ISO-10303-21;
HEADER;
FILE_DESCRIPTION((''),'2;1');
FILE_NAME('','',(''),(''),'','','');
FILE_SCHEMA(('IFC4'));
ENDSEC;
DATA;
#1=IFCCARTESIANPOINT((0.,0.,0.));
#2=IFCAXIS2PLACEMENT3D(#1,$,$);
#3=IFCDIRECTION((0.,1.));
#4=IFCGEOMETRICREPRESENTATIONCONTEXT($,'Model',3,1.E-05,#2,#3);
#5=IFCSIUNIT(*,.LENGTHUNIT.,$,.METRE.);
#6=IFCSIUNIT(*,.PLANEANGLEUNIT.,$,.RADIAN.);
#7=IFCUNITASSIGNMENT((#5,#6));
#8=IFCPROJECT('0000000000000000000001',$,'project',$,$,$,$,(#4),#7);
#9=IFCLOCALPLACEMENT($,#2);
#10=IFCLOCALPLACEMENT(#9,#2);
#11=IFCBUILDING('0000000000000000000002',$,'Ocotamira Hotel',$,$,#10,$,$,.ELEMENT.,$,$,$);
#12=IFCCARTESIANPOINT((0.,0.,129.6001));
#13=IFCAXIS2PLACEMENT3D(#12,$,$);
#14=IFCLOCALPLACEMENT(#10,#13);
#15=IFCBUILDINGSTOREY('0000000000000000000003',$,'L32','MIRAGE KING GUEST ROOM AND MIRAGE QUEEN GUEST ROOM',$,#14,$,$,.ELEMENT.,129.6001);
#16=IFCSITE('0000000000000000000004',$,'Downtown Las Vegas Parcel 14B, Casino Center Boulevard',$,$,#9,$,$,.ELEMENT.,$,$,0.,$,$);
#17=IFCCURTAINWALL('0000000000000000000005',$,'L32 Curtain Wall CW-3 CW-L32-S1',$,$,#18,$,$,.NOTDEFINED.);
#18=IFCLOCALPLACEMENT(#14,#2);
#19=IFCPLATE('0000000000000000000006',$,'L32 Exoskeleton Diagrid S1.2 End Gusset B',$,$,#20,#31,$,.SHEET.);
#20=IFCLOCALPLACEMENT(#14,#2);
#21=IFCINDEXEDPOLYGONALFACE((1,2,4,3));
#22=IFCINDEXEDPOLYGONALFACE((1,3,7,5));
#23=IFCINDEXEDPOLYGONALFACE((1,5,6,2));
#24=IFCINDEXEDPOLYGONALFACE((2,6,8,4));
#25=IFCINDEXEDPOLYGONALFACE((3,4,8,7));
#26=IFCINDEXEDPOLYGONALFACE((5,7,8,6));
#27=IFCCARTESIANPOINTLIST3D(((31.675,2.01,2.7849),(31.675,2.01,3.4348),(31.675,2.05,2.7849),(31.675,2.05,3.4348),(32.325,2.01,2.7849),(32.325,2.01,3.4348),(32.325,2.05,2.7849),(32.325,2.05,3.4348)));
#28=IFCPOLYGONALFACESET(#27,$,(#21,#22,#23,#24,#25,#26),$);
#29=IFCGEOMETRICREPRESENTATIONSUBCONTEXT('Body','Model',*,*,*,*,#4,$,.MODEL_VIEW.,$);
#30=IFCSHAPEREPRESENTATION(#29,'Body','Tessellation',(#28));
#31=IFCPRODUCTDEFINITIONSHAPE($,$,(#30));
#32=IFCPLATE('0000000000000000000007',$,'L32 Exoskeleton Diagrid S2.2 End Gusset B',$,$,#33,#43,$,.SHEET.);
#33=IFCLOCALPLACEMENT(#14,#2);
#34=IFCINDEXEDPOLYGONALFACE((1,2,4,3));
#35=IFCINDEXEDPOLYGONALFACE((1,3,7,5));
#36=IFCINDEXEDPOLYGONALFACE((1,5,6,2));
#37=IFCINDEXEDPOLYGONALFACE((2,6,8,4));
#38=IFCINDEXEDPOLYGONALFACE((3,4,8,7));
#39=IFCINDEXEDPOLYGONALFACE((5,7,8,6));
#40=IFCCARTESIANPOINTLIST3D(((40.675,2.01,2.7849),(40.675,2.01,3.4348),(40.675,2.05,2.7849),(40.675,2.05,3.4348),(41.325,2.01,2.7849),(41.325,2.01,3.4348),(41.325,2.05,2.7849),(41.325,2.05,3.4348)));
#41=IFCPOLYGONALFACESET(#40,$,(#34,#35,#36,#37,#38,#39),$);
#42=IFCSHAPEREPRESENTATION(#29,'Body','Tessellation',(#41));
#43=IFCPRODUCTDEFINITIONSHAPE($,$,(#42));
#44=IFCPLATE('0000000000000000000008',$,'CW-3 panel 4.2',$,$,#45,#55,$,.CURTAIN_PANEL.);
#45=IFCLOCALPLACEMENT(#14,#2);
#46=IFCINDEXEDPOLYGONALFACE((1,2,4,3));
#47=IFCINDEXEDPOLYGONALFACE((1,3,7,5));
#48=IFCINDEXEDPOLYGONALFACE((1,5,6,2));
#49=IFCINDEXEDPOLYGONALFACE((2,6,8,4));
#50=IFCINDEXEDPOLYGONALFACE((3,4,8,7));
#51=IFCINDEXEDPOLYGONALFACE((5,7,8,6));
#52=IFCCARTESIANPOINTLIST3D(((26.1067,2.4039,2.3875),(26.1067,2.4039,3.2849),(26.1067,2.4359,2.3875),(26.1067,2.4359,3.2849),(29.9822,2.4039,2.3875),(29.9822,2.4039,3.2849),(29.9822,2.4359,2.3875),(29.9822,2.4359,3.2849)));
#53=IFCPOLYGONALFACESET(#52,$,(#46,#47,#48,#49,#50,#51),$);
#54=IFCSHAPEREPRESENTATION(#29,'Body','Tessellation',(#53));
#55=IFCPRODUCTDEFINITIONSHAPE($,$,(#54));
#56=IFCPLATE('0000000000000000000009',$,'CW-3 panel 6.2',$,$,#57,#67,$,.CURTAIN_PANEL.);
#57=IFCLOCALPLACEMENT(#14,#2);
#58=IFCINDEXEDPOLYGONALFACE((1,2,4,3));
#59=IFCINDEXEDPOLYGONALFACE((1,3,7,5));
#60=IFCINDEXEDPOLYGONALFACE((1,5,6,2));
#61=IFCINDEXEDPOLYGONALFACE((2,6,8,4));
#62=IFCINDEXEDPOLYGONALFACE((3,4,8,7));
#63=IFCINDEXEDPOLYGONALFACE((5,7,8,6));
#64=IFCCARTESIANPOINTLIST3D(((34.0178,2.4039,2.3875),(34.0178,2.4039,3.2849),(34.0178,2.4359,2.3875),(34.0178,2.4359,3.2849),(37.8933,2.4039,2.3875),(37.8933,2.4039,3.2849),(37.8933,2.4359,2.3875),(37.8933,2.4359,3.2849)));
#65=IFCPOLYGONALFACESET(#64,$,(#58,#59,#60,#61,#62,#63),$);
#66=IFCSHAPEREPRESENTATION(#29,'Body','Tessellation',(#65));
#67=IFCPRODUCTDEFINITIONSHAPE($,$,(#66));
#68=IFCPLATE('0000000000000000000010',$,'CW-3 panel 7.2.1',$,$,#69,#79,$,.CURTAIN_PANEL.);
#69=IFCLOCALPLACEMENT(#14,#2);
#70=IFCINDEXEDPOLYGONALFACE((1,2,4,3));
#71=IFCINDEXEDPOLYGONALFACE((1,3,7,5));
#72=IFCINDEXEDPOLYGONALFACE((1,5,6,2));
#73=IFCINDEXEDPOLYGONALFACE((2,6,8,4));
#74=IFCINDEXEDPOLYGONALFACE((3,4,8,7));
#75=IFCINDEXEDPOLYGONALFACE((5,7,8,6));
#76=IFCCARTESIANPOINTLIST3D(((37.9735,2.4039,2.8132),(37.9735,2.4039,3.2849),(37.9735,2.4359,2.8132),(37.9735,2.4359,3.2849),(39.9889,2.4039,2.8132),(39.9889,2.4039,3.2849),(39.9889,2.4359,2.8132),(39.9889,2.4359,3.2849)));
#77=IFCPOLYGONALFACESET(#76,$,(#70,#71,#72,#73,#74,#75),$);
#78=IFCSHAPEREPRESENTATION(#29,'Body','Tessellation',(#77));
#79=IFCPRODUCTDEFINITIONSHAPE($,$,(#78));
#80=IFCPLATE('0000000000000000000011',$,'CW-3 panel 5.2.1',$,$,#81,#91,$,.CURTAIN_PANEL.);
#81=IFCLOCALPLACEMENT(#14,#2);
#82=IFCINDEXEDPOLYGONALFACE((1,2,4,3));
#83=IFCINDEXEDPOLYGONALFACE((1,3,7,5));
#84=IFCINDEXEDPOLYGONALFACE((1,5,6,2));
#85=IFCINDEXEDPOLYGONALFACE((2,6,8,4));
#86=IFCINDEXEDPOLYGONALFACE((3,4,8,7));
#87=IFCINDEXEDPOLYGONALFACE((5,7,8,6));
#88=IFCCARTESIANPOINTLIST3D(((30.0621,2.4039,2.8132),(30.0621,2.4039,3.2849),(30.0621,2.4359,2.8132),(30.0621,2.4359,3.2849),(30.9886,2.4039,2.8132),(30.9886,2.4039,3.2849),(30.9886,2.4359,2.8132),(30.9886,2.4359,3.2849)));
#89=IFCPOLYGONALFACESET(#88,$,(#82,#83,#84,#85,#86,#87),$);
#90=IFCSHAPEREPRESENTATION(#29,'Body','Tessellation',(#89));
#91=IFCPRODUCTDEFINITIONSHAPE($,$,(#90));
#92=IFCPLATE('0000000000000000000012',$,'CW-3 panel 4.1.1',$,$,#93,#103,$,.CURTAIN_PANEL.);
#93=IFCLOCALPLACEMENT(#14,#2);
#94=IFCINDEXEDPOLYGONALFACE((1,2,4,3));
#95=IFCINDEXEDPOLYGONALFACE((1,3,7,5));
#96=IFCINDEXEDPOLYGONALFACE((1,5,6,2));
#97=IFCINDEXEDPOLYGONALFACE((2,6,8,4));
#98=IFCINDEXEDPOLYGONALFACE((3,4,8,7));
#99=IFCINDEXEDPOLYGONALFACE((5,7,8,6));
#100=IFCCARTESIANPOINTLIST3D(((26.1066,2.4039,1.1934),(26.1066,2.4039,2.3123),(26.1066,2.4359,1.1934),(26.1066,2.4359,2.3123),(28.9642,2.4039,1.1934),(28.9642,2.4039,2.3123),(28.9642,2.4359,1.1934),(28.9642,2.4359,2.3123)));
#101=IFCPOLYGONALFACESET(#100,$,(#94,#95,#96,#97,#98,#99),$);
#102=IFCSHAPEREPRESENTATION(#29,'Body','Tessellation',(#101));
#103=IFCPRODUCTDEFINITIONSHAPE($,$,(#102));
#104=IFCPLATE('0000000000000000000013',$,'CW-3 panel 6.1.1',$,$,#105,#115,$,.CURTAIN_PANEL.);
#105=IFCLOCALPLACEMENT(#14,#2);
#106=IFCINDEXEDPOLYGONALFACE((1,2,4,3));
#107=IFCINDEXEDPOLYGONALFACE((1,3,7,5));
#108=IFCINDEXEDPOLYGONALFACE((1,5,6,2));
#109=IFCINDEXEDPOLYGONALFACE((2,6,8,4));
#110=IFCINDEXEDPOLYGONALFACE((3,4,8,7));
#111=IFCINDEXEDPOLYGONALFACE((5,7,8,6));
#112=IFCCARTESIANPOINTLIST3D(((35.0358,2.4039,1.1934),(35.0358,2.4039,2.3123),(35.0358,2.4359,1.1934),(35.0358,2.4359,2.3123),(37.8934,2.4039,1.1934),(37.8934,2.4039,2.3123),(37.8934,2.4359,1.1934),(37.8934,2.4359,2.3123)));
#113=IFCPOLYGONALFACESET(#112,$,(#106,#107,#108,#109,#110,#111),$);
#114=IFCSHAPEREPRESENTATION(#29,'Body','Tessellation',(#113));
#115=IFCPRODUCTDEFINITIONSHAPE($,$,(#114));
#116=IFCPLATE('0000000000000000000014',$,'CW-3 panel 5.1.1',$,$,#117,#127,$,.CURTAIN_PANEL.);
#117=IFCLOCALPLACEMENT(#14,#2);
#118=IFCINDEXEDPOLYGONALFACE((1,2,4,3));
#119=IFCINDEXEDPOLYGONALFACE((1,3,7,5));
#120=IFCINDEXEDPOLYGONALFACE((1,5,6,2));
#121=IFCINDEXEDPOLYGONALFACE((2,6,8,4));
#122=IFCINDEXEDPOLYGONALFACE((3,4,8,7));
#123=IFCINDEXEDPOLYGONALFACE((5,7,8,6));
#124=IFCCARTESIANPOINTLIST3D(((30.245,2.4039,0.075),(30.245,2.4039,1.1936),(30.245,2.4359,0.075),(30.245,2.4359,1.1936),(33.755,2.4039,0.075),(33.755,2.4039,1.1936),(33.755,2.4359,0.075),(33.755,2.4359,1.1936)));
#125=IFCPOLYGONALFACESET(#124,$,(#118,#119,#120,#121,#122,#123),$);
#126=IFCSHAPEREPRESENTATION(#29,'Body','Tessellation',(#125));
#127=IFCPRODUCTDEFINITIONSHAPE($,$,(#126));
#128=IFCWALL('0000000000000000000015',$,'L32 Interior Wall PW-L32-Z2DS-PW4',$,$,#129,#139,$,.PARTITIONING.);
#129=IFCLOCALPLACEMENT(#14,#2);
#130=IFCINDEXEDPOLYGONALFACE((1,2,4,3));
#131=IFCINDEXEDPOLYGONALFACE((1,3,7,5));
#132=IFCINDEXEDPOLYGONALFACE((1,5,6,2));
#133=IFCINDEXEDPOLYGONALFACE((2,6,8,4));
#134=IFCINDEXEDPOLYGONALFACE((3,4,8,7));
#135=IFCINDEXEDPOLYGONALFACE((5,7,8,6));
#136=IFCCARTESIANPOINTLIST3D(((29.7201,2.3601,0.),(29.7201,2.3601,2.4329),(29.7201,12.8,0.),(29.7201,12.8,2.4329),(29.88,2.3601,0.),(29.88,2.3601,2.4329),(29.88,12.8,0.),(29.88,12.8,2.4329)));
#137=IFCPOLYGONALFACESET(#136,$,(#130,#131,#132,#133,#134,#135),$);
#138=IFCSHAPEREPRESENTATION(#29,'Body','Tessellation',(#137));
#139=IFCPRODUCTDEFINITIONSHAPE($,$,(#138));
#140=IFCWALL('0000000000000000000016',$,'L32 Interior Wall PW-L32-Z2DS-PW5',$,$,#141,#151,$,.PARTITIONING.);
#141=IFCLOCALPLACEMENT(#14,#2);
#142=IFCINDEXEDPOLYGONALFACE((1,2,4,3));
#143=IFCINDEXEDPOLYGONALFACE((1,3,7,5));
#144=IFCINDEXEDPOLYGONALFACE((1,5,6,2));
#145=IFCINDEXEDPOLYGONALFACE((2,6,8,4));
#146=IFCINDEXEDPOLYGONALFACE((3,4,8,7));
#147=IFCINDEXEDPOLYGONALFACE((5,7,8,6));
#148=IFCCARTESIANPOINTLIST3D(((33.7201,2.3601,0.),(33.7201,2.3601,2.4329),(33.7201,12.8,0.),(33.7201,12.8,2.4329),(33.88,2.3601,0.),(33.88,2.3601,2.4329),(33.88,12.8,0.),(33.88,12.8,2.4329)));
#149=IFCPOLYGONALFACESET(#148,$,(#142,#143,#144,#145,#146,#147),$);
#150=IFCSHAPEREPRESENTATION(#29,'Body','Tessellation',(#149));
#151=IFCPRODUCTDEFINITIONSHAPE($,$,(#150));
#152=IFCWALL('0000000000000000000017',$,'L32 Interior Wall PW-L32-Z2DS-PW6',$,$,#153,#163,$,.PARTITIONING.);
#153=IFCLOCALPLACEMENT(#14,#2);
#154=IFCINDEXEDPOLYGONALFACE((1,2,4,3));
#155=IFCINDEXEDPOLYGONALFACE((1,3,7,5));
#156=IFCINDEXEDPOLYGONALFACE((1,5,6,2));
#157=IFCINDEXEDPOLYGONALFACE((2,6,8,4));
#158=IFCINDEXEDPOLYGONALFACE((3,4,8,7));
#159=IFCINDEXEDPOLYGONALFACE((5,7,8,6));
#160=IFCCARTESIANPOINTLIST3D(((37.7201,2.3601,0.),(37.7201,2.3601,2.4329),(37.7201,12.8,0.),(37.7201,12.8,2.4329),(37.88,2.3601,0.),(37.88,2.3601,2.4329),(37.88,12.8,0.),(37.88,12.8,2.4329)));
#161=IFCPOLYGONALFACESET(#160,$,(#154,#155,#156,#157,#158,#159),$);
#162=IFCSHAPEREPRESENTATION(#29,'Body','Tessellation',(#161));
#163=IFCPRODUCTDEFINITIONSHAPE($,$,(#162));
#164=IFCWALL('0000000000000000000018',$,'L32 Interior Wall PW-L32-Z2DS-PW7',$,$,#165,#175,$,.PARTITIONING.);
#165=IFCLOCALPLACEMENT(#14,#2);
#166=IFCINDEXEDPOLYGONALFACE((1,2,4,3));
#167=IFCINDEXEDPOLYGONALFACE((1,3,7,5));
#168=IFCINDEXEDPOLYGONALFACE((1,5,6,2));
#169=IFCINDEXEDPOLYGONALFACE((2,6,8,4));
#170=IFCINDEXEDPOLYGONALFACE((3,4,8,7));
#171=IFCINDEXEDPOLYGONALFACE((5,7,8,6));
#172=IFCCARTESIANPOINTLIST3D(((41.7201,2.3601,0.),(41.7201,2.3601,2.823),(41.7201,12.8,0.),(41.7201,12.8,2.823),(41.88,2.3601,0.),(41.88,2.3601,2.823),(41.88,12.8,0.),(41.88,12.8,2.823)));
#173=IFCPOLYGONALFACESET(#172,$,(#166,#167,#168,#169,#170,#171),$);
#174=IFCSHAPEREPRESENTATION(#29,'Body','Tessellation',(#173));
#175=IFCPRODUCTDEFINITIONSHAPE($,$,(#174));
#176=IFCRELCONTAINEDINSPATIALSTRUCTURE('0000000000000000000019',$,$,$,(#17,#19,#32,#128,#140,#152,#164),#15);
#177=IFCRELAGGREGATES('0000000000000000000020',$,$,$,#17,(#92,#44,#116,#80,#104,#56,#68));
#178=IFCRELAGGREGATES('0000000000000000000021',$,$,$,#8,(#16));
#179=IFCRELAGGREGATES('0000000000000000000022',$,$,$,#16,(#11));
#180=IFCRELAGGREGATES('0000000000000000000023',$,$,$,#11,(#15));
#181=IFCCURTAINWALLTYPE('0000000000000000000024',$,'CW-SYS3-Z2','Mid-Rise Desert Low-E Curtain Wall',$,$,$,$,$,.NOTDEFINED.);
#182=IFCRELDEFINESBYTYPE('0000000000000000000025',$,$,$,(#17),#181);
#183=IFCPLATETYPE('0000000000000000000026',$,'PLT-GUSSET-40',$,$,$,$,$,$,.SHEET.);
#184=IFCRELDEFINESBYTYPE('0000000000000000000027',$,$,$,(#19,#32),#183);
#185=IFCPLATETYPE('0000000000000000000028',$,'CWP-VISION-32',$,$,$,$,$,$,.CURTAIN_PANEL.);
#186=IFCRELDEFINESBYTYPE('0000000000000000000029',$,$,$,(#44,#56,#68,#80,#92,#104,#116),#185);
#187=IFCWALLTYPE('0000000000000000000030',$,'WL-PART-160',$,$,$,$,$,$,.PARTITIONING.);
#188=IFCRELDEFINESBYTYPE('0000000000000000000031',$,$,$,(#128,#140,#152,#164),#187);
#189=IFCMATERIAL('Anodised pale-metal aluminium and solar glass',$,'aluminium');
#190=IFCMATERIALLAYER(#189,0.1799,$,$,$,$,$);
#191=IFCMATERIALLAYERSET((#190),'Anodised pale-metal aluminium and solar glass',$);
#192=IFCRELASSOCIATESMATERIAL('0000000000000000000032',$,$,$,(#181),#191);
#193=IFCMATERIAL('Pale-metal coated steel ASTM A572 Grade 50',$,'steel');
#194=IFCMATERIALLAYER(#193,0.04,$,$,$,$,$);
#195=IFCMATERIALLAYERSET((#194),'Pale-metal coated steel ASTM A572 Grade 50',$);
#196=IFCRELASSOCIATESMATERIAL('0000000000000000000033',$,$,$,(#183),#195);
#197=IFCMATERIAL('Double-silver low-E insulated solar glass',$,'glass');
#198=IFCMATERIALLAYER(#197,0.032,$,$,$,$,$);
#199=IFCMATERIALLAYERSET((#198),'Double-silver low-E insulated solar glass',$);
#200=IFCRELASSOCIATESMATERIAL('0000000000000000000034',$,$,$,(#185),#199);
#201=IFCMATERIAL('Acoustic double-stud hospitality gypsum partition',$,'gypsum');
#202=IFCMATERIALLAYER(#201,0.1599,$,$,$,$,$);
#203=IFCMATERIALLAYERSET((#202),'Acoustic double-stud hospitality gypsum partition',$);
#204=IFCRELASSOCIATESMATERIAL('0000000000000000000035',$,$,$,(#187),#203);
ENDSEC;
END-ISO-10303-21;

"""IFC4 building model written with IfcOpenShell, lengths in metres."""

from ifc_helpers import new_model, si_unit, direction, frame, frame_2d, origin, origin_2d, place, context, subcontext, project, spatial, rectangle, extrude, source, transform, mapped, material, layer, layer_set, type_object, element, aggregate, save


model = new_model("IFC4")

# Units and contexts
model_context = context("Model", 3, precision=1e-05, world=origin(), true_north=direction((0.0, 1.0)))
body_context = subcontext(model_context, "Body", "Model", "MODEL_VIEW")
ifc_project = project(units=[si_unit("LENGTHUNIT", "METRE"), si_unit("PLANEANGLEUNIT", "RADIAN")], contexts=[model_context])

# Site, building, storey
site_placement = place(None, origin())
site = spatial("IfcSite", under=ifc_project, at=site_placement, Name="Downtown Las Vegas Parcel 14B, Casino Center Boulevard", CompositionType="ELEMENT", RefElevation=0.0)
building_placement = place(site_placement, origin())
building = spatial("IfcBuilding", under=site, at=building_placement, Name="Ocotamira Hotel", CompositionType="ELEMENT")
storey_placement = place(building_placement, frame((0.0, 0.0, 129.6001)))
storey = spatial("IfcBuildingStorey", under=building, at=storey_placement, Name="L32", Description="MIRAGE KING GUEST ROOM AND MIRAGE QUEEN GUEST ROOM", CompositionType="ELEMENT", Elevation=129.6001)

# Curtain wall
ifc_material_1 = material(Name="Anodised pale-metal aluminium and solar glass", Category="aluminium")
ifc_layer_1 = layer(ifc_material_1, 0.1799)
ifc_layer_set_1 = layer_set([ifc_layer_1], Name="Anodised pale-metal aluminium and solar glass")
curtain_wall_type = type_object("IfcCurtainWallType", Name="CW-SYS3-Z2", Description="Mid-Rise Desert Low-E Curtain Wall", PredefinedType="NOTDEFINED", material=ifc_layer_set_1)
curtain_wall_placement = place(storey_placement, origin())
curtain_wall = element("IfcCurtainWall", 1, at=curtain_wall_placement, inside=storey, type_object=curtain_wall_type, Name="L32 Curtain Wall CW-3 CW-L32-S1", PredefinedType="NOTDEFINED")

# Plates
ifc_material_2 = material(Name="Pale-metal coated steel ASTM A572 Grade 50", Category="steel")
ifc_layer_2 = layer(ifc_material_2, 0.04)
ifc_layer_set_2 = layer_set([ifc_layer_2], Name="Pale-metal coated steel ASTM A572 Grade 50")
plate_type_1 = type_object("IfcPlateType", Name="PLT-GUSSET-40", PredefinedType="SHEET", material=ifc_layer_set_2)
shared_shape_1 = source(origin(), body_context, "Body", "SweptSolid", [
    extrude(rectangle(XDim=0.6499, YDim=0.04, at=origin_2d()), origin(), (0.0, 0.0, 1.0), 0.6499),
])
for number, where, z_axis, x_axis, name in (
    (2, (32.0, 2.03, 2.7849), (0.0, 0.0, 1.0), (1.0, 0.0, 0.0), "L32 Exoskeleton Diagrid S1.2 End Gusset B"),
    (3, (41.0, 2.03, 2.7849), (0.0, 0.0, 1.0), (1.0, 0.0, 0.0), "L32 Exoskeleton Diagrid S2.2 End Gusset B"),
):
    element("IfcPlate", number, at=place(storey_placement, frame(where, z_axis=z_axis, x_axis=x_axis)), inside=storey, type_object=plate_type_1, Name=name, PredefinedType="SHEET", context=body_context, shape_type="MappedRepresentation", body=[
        mapped(shared_shape_1, transform((0.0, 0.0, 0.0), scale=1.0)),
    ])

# Plates
ifc_material_3 = material(Name="Double-silver low-E insulated solar glass", Category="glass")
ifc_layer_3 = layer(ifc_material_3, 0.032)
ifc_layer_set_3 = layer_set([ifc_layer_3], Name="Double-silver low-E insulated solar glass")
plate_type_2 = type_object("IfcPlateType", Name="CWP-VISION-32", PredefinedType="CURTAIN_PANEL", material=ifc_layer_set_3)
shared_shape_2 = source(origin(), body_context, "Body", "SweptSolid", [
    extrude(rectangle(XDim=3.8755, YDim=0.032, at=origin_2d()), origin(), (0.0, 0.0, 1.0), 0.8975),
])
plate_1_placement = place(storey_placement, frame((28.0444, 2.4199, 2.3875), z_axis=(0.0, 0.0, 1.0), x_axis=(1.0, 0.0, 0.0)))
plate_1 = element("IfcPlate", 4, at=plate_1_placement, type_object=plate_type_2, Name="CW-3 panel 4.2", PredefinedType="CURTAIN_PANEL", context=body_context, shape_type="MappedRepresentation", body=[
    mapped(shared_shape_2, transform((0.0, 0.0, 0.0), scale=1.0)),
])
plate_2_placement = place(storey_placement, frame((35.9556, 2.4199, 2.3875), z_axis=(0.0, 0.0, 1.0), x_axis=(1.0, 0.0, 0.0)))
plate_2 = element("IfcPlate", 5, at=plate_2_placement, type_object=plate_type_2, Name="CW-3 panel 6.2", PredefinedType="CURTAIN_PANEL", context=body_context, shape_type="MappedRepresentation", body=[
    mapped(shared_shape_2, transform((0.0, 0.0, 0.0), scale=1.0)),
])
shared_shape_3 = source(origin(), body_context, "Body", "SweptSolid", [
    extrude(rectangle(XDim=2.0154, YDim=0.032, at=origin_2d()), origin(), (0.0, 0.0, 1.0), 0.4717),
])
plate_3_placement = place(storey_placement, frame((38.9812, 2.4199, 2.8132), z_axis=(0.0, 0.0, 1.0), x_axis=(1.0, 0.0, 0.0)))
plate_3 = element("IfcPlate", 6, at=plate_3_placement, type_object=plate_type_2, Name="CW-3 panel 7.2.1", PredefinedType="CURTAIN_PANEL", context=body_context, shape_type="MappedRepresentation", body=[
    mapped(shared_shape_3, transform((0.0, 0.0, 0.0), scale=1.0)),
])
shared_shape_4 = source(origin(), body_context, "Body", "SweptSolid", [
    extrude(rectangle(XDim=0.9265, YDim=0.032, at=origin_2d()), origin(), (0.0, 0.0, 1.0), 0.4717),
])
plate_4_placement = place(storey_placement, frame((30.5254, 2.4199, 2.8132), z_axis=(0.0, 0.0, 1.0), x_axis=(1.0, 0.0, 0.0)))
plate_4 = element("IfcPlate", 7, at=plate_4_placement, type_object=plate_type_2, Name="CW-3 panel 5.2.1", PredefinedType="CURTAIN_PANEL", context=body_context, shape_type="MappedRepresentation", body=[
    mapped(shared_shape_4, transform((0.0, 0.0, 0.0), scale=1.0)),
])
shared_shape_5 = source(origin(), body_context, "Body", "SweptSolid", [
    extrude(rectangle(XDim=2.8577, YDim=0.032, at=origin_2d()), origin(), (0.0, 0.0, 1.0), 1.1189),
])
plate_5_placement = place(storey_placement, frame((27.5354, 2.4199, 1.1934), z_axis=(0.0, 0.0, 1.0), x_axis=(1.0, 0.0, 0.0)))
plate_5 = element("IfcPlate", 8, at=plate_5_placement, type_object=plate_type_2, Name="CW-3 panel 4.1.1", PredefinedType="CURTAIN_PANEL", context=body_context, shape_type="MappedRepresentation", body=[
    mapped(shared_shape_5, transform((0.0, 0.0, 0.0), scale=1.0)),
])
plate_6_placement = place(storey_placement, frame((36.4646, 2.4199, 1.1934), z_axis=(0.0, 0.0, 1.0), x_axis=(1.0, 0.0, 0.0)))
plate_6 = element("IfcPlate", 9, at=plate_6_placement, type_object=plate_type_2, Name="CW-3 panel 6.1.1", PredefinedType="CURTAIN_PANEL", context=body_context, shape_type="MappedRepresentation", body=[
    mapped(shared_shape_5, transform((0.0, 0.0, 0.0), scale=1.0)),
])
shared_shape_6 = source(origin(), body_context, "Body", "SweptSolid", [
    extrude(rectangle(XDim=3.51, YDim=0.032, at=origin_2d()), origin(), (0.0, 0.0, 1.0), 1.1187),
])
plate_7_placement = place(storey_placement, frame((32.0, 2.4199, 0.075), z_axis=(0.0, 0.0, 1.0), x_axis=(1.0, 0.0, 0.0)))
plate_7 = element("IfcPlate", 10, at=plate_7_placement, type_object=plate_type_2, Name="CW-3 panel 5.1.1", PredefinedType="CURTAIN_PANEL", context=body_context, shape_type="MappedRepresentation", body=[
    mapped(shared_shape_6, transform((0.0, 0.0, 0.0), scale=1.0)),
])
aggregate(curtain_wall, [plate_5, plate_1, plate_7, plate_4, plate_6, plate_2, plate_3])

# Walls
ifc_material_4 = material(Name="Acoustic double-stud hospitality gypsum partition", Category="gypsum")
ifc_layer_4 = layer(ifc_material_4, 0.1599)
ifc_layer_set_4 = layer_set([ifc_layer_4], Name="Acoustic double-stud hospitality gypsum partition")
wall_type = type_object("IfcWallType", Name="WL-PART-160", PredefinedType="PARTITIONING", material=ifc_layer_set_4)
for number, where, z_axis, x_axis, name in (
    (11, (29.8, 2.3601, 0.0), (0.0, 0.0, 1.0), (0.0, 1.0, 0.0), "L32 Interior Wall PW-L32-Z2DS-PW4"),
    (12, (33.8, 2.3601, 0.0), (0.0, 0.0, 1.0), (0.0, 1.0, 0.0), "L32 Interior Wall PW-L32-Z2DS-PW5"),
    (13, (37.8, 2.3601, 0.0), (0.0, 0.0, 1.0), (0.0, 1.0, 0.0), "L32 Interior Wall PW-L32-Z2DS-PW6"),
):
    element("IfcWall", number, at=place(storey_placement, frame(where, z_axis=z_axis, x_axis=x_axis)), inside=storey, type_object=wall_type, Name=name, PredefinedType="PARTITIONING", context=body_context, shape_type="SweptSolid", body=[
        extrude(rectangle(XDim=10.4399, YDim=0.1599, at=frame_2d((5.22, 0.0))), origin(), (0.0, 0.0, 1.0), 2.4329),
    ])
wall_placement = place(storey_placement, frame((41.8, 2.3601, 0.0), z_axis=(0.0, 0.0, 1.0), x_axis=(0.0, 1.0, 0.0)))
element("IfcWall", 14, at=wall_placement, inside=storey, type_object=wall_type, Name="L32 Interior Wall PW-L32-Z2DS-PW7", PredefinedType="PARTITIONING", context=body_context, shape_type="SweptSolid", body=[
    extrude(rectangle(XDim=10.4399, YDim=0.1599, at=frame_2d((5.22, 0.0))), origin(), (0.0, 0.0, 1.0), 2.823),
])

save(model, "model.ifc")
